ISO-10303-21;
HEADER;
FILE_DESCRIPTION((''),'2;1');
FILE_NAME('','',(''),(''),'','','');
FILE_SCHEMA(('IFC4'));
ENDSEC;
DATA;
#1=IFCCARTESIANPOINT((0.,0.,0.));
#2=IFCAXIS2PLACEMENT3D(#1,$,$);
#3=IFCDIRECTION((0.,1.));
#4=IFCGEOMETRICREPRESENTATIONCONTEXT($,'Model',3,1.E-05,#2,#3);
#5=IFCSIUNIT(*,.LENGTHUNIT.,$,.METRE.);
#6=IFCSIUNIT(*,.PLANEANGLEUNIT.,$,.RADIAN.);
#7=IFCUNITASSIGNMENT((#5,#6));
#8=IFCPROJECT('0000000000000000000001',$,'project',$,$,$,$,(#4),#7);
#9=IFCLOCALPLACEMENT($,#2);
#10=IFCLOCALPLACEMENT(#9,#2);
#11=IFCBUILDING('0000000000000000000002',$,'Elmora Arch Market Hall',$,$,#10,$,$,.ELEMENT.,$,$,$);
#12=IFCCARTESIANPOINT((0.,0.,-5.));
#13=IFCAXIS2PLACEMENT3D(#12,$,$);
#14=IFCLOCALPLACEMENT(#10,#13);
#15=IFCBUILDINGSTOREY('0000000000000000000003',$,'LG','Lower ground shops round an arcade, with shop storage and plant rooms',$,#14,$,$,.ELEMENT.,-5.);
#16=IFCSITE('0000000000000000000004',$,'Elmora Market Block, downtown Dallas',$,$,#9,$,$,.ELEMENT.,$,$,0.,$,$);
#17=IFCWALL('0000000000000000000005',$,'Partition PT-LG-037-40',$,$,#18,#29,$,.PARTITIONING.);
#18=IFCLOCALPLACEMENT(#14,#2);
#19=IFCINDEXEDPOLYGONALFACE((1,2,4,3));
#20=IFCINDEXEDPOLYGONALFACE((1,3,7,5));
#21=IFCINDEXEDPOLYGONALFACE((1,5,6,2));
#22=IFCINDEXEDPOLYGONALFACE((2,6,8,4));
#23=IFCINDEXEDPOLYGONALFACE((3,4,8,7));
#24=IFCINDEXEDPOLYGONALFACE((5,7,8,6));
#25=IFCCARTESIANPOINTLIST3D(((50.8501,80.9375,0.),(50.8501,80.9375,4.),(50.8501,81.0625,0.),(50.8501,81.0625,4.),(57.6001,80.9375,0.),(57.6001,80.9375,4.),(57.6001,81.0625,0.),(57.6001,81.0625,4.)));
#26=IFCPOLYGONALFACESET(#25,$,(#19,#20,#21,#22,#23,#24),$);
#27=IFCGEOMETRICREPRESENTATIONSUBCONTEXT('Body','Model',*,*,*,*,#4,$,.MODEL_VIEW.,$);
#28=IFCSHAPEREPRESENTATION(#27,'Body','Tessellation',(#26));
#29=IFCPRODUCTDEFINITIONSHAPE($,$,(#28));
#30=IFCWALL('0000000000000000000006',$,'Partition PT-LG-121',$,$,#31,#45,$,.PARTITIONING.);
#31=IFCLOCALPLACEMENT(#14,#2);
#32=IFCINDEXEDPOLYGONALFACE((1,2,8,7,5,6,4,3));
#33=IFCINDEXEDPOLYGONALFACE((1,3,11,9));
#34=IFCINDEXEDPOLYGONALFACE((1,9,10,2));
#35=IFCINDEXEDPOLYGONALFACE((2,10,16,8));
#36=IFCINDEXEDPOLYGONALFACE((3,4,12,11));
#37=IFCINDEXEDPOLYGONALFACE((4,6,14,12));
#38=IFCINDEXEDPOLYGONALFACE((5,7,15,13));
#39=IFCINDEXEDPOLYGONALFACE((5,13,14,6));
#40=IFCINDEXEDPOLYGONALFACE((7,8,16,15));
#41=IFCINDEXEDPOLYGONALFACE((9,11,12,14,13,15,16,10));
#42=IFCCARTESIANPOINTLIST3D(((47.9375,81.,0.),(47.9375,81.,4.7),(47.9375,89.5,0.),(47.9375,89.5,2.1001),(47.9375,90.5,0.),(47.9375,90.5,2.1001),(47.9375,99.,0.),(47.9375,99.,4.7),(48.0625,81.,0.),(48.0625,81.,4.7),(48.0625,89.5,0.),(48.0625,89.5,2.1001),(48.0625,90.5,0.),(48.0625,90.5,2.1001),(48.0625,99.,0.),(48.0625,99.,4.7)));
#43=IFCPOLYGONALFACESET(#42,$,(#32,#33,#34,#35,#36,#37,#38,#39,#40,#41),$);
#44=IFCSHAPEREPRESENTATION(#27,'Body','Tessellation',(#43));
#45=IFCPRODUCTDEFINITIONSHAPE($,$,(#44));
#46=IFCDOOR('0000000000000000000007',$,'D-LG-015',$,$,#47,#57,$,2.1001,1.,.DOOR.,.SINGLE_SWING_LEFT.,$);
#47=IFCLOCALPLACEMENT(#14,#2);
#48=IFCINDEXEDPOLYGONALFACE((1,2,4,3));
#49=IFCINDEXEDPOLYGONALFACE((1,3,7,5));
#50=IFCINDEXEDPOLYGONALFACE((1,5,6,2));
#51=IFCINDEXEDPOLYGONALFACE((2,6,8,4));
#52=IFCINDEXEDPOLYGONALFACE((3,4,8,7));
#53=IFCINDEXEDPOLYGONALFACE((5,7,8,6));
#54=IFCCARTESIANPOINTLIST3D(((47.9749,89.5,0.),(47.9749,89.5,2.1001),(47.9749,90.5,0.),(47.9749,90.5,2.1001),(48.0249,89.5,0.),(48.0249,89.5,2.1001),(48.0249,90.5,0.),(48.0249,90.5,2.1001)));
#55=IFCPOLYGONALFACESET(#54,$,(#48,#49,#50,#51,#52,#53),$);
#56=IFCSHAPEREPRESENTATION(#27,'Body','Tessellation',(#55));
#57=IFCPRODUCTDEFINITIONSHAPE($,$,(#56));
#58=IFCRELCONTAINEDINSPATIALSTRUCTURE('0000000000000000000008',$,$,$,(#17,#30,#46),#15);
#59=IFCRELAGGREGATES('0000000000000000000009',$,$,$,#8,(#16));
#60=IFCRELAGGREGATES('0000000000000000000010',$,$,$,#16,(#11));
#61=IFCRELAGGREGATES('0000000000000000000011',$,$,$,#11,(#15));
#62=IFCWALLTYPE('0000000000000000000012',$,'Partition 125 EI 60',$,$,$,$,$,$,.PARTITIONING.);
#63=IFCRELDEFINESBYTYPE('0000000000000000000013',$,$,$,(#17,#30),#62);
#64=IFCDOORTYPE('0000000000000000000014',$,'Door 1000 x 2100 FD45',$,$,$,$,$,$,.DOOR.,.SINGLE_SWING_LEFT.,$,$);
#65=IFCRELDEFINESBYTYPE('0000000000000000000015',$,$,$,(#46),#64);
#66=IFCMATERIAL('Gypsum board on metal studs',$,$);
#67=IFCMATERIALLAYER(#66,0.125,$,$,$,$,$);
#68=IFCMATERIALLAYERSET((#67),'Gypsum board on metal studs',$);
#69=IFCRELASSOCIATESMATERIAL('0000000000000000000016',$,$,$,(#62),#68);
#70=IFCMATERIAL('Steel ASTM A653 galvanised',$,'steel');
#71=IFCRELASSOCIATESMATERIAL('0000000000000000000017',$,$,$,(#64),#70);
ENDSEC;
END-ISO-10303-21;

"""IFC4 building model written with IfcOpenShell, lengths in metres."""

from ifc_helpers import new_model, si_unit, direction, frame, frame_2d, origin, place, context, subcontext, project, spatial, rectangle, extrude, material, layer, layer_set, type_object, element, fill, save


model = new_model("IFC4")

# Units and contexts
model_context = context("Model", 3, precision=1e-05, world=origin(), true_north=direction((0.0, 1.0)))
body_context = subcontext(model_context, "Body", "Model", "MODEL_VIEW")
ifc_project = project(units=[si_unit("LENGTHUNIT", "METRE"), si_unit("PLANEANGLEUNIT", "RADIAN")], contexts=[model_context])

# Site, building, storey
site_placement = place(None, origin())
site = spatial("IfcSite", under=ifc_project, at=site_placement, Name="Elmora Market Block, downtown Dallas", CompositionType="ELEMENT", RefElevation=0.0)
building_placement = place(site_placement, origin())
building = spatial("IfcBuilding", under=site, at=building_placement, Name="Elmora Arch Market Hall", CompositionType="ELEMENT")
storey_placement = place(building_placement, frame((0.0, 0.0, -5.0)))
storey = spatial("IfcBuildingStorey", under=building, at=storey_placement, Name="LG", Description="Lower ground shops round an arcade, with shop storage and plant rooms", CompositionType="ELEMENT", Elevation=-5.0)

# Wall
ifc_material_1 = material(Name="Gypsum board on metal studs")
ifc_layer_1 = layer(ifc_material_1, 0.125)
ifc_layer_set_1 = layer_set([ifc_layer_1], Name="Gypsum board on metal studs")
wall_type_1 = type_object("IfcWallType", Name="Partition 125 EI 60", PredefinedType="PARTITIONING", material=ifc_layer_set_1)
wall_1_placement = place(storey_placement, frame((50.8501, 81.0, 0.0), z_axis=(0.0, 0.0, 1.0), x_axis=(1.0, 0.0, 0.0)))
element("IfcWall", 1, at=wall_1_placement, inside=storey, type_object=wall_type_1, Name="Partition PT-LG-037-40", PredefinedType="PARTITIONING", context=body_context, shape_type="SweptSolid", body=[
    extrude(rectangle(XDim=6.75, YDim=0.125, at=frame_2d((3.375, 0.0))), origin(), (0.0, 0.0, 1.0), 4.0),
])

# Wall, opening, door
wall_2_placement = place(storey_placement, frame((48.0, 81.0, 0.0), z_axis=(0.0, 0.0, 1.0), x_axis=(0.0, 1.0, 0.0)))
wall_2 = element("IfcWall", 2, at=wall_2_placement, inside=storey, type_object=wall_type_1, Name="Partition PT-LG-121", PredefinedType="PARTITIONING", context=body_context, shape_type="SweptSolid", body=[
    extrude(rectangle(XDim=18.0, YDim=0.125, at=frame_2d((9.0, 0.0))), origin(), (0.0, 0.0, 1.0), 4.7),
])
opening_1_placement = place(wall_2_placement, frame((8.5, 0.0, 0.0)))
opening_1 = element("IfcOpeningElement", 3, at=opening_1_placement, cuts=wall_2, PredefinedType="OPENING", context=body_context, shape_type="SweptSolid", body=[
    extrude(rectangle(XDim=1.0, YDim=2.1001, at=frame_2d((0.5, 1.05))), frame((0.0, 0.0725, 0.0), z_axis=(0.0, -1.0, 0.0), x_axis=(1.0, 0.0, 0.0)), (0.0, 0.0, 1.0), 0.145),
])
ifc_material_2 = material(Name="Steel ASTM A653 galvanised", Category="steel")
door_type_1 = type_object("IfcDoorType", Name="Door 1000 x 2100 FD45", OperationType="SINGLE_SWING_LEFT", PredefinedType="DOOR", material=ifc_material_2)
door_1_placement = place(opening_1_placement, frame((1.0, 0.0, 0.0), z_axis=(0.0, 0.0, 1.0), x_axis=(-1.0, 0.0, 0.0)))
door_1 = element("IfcDoor", 4, at=door_1_placement, inside=storey, type_object=door_type_1, Name="D-LG-015", OperationType="SINGLE_SWING_LEFT", OverallHeight=2.1001, OverallWidth=1.0, PredefinedType="DOOR", context=body_context, shape_type="SweptSolid", body=[
    extrude(rectangle(XDim=1.0, YDim=2.1001, at=frame_2d((0.5, 1.05))), frame((0.0, 0.0249, 0.0), z_axis=(0.0, -1.0, 0.0), x_axis=(1.0, 0.0, 0.0)), (0.0, 0.0, 1.0), 0.05),
])
fill(opening_1, door_1)

save(model, "model.ifc")
